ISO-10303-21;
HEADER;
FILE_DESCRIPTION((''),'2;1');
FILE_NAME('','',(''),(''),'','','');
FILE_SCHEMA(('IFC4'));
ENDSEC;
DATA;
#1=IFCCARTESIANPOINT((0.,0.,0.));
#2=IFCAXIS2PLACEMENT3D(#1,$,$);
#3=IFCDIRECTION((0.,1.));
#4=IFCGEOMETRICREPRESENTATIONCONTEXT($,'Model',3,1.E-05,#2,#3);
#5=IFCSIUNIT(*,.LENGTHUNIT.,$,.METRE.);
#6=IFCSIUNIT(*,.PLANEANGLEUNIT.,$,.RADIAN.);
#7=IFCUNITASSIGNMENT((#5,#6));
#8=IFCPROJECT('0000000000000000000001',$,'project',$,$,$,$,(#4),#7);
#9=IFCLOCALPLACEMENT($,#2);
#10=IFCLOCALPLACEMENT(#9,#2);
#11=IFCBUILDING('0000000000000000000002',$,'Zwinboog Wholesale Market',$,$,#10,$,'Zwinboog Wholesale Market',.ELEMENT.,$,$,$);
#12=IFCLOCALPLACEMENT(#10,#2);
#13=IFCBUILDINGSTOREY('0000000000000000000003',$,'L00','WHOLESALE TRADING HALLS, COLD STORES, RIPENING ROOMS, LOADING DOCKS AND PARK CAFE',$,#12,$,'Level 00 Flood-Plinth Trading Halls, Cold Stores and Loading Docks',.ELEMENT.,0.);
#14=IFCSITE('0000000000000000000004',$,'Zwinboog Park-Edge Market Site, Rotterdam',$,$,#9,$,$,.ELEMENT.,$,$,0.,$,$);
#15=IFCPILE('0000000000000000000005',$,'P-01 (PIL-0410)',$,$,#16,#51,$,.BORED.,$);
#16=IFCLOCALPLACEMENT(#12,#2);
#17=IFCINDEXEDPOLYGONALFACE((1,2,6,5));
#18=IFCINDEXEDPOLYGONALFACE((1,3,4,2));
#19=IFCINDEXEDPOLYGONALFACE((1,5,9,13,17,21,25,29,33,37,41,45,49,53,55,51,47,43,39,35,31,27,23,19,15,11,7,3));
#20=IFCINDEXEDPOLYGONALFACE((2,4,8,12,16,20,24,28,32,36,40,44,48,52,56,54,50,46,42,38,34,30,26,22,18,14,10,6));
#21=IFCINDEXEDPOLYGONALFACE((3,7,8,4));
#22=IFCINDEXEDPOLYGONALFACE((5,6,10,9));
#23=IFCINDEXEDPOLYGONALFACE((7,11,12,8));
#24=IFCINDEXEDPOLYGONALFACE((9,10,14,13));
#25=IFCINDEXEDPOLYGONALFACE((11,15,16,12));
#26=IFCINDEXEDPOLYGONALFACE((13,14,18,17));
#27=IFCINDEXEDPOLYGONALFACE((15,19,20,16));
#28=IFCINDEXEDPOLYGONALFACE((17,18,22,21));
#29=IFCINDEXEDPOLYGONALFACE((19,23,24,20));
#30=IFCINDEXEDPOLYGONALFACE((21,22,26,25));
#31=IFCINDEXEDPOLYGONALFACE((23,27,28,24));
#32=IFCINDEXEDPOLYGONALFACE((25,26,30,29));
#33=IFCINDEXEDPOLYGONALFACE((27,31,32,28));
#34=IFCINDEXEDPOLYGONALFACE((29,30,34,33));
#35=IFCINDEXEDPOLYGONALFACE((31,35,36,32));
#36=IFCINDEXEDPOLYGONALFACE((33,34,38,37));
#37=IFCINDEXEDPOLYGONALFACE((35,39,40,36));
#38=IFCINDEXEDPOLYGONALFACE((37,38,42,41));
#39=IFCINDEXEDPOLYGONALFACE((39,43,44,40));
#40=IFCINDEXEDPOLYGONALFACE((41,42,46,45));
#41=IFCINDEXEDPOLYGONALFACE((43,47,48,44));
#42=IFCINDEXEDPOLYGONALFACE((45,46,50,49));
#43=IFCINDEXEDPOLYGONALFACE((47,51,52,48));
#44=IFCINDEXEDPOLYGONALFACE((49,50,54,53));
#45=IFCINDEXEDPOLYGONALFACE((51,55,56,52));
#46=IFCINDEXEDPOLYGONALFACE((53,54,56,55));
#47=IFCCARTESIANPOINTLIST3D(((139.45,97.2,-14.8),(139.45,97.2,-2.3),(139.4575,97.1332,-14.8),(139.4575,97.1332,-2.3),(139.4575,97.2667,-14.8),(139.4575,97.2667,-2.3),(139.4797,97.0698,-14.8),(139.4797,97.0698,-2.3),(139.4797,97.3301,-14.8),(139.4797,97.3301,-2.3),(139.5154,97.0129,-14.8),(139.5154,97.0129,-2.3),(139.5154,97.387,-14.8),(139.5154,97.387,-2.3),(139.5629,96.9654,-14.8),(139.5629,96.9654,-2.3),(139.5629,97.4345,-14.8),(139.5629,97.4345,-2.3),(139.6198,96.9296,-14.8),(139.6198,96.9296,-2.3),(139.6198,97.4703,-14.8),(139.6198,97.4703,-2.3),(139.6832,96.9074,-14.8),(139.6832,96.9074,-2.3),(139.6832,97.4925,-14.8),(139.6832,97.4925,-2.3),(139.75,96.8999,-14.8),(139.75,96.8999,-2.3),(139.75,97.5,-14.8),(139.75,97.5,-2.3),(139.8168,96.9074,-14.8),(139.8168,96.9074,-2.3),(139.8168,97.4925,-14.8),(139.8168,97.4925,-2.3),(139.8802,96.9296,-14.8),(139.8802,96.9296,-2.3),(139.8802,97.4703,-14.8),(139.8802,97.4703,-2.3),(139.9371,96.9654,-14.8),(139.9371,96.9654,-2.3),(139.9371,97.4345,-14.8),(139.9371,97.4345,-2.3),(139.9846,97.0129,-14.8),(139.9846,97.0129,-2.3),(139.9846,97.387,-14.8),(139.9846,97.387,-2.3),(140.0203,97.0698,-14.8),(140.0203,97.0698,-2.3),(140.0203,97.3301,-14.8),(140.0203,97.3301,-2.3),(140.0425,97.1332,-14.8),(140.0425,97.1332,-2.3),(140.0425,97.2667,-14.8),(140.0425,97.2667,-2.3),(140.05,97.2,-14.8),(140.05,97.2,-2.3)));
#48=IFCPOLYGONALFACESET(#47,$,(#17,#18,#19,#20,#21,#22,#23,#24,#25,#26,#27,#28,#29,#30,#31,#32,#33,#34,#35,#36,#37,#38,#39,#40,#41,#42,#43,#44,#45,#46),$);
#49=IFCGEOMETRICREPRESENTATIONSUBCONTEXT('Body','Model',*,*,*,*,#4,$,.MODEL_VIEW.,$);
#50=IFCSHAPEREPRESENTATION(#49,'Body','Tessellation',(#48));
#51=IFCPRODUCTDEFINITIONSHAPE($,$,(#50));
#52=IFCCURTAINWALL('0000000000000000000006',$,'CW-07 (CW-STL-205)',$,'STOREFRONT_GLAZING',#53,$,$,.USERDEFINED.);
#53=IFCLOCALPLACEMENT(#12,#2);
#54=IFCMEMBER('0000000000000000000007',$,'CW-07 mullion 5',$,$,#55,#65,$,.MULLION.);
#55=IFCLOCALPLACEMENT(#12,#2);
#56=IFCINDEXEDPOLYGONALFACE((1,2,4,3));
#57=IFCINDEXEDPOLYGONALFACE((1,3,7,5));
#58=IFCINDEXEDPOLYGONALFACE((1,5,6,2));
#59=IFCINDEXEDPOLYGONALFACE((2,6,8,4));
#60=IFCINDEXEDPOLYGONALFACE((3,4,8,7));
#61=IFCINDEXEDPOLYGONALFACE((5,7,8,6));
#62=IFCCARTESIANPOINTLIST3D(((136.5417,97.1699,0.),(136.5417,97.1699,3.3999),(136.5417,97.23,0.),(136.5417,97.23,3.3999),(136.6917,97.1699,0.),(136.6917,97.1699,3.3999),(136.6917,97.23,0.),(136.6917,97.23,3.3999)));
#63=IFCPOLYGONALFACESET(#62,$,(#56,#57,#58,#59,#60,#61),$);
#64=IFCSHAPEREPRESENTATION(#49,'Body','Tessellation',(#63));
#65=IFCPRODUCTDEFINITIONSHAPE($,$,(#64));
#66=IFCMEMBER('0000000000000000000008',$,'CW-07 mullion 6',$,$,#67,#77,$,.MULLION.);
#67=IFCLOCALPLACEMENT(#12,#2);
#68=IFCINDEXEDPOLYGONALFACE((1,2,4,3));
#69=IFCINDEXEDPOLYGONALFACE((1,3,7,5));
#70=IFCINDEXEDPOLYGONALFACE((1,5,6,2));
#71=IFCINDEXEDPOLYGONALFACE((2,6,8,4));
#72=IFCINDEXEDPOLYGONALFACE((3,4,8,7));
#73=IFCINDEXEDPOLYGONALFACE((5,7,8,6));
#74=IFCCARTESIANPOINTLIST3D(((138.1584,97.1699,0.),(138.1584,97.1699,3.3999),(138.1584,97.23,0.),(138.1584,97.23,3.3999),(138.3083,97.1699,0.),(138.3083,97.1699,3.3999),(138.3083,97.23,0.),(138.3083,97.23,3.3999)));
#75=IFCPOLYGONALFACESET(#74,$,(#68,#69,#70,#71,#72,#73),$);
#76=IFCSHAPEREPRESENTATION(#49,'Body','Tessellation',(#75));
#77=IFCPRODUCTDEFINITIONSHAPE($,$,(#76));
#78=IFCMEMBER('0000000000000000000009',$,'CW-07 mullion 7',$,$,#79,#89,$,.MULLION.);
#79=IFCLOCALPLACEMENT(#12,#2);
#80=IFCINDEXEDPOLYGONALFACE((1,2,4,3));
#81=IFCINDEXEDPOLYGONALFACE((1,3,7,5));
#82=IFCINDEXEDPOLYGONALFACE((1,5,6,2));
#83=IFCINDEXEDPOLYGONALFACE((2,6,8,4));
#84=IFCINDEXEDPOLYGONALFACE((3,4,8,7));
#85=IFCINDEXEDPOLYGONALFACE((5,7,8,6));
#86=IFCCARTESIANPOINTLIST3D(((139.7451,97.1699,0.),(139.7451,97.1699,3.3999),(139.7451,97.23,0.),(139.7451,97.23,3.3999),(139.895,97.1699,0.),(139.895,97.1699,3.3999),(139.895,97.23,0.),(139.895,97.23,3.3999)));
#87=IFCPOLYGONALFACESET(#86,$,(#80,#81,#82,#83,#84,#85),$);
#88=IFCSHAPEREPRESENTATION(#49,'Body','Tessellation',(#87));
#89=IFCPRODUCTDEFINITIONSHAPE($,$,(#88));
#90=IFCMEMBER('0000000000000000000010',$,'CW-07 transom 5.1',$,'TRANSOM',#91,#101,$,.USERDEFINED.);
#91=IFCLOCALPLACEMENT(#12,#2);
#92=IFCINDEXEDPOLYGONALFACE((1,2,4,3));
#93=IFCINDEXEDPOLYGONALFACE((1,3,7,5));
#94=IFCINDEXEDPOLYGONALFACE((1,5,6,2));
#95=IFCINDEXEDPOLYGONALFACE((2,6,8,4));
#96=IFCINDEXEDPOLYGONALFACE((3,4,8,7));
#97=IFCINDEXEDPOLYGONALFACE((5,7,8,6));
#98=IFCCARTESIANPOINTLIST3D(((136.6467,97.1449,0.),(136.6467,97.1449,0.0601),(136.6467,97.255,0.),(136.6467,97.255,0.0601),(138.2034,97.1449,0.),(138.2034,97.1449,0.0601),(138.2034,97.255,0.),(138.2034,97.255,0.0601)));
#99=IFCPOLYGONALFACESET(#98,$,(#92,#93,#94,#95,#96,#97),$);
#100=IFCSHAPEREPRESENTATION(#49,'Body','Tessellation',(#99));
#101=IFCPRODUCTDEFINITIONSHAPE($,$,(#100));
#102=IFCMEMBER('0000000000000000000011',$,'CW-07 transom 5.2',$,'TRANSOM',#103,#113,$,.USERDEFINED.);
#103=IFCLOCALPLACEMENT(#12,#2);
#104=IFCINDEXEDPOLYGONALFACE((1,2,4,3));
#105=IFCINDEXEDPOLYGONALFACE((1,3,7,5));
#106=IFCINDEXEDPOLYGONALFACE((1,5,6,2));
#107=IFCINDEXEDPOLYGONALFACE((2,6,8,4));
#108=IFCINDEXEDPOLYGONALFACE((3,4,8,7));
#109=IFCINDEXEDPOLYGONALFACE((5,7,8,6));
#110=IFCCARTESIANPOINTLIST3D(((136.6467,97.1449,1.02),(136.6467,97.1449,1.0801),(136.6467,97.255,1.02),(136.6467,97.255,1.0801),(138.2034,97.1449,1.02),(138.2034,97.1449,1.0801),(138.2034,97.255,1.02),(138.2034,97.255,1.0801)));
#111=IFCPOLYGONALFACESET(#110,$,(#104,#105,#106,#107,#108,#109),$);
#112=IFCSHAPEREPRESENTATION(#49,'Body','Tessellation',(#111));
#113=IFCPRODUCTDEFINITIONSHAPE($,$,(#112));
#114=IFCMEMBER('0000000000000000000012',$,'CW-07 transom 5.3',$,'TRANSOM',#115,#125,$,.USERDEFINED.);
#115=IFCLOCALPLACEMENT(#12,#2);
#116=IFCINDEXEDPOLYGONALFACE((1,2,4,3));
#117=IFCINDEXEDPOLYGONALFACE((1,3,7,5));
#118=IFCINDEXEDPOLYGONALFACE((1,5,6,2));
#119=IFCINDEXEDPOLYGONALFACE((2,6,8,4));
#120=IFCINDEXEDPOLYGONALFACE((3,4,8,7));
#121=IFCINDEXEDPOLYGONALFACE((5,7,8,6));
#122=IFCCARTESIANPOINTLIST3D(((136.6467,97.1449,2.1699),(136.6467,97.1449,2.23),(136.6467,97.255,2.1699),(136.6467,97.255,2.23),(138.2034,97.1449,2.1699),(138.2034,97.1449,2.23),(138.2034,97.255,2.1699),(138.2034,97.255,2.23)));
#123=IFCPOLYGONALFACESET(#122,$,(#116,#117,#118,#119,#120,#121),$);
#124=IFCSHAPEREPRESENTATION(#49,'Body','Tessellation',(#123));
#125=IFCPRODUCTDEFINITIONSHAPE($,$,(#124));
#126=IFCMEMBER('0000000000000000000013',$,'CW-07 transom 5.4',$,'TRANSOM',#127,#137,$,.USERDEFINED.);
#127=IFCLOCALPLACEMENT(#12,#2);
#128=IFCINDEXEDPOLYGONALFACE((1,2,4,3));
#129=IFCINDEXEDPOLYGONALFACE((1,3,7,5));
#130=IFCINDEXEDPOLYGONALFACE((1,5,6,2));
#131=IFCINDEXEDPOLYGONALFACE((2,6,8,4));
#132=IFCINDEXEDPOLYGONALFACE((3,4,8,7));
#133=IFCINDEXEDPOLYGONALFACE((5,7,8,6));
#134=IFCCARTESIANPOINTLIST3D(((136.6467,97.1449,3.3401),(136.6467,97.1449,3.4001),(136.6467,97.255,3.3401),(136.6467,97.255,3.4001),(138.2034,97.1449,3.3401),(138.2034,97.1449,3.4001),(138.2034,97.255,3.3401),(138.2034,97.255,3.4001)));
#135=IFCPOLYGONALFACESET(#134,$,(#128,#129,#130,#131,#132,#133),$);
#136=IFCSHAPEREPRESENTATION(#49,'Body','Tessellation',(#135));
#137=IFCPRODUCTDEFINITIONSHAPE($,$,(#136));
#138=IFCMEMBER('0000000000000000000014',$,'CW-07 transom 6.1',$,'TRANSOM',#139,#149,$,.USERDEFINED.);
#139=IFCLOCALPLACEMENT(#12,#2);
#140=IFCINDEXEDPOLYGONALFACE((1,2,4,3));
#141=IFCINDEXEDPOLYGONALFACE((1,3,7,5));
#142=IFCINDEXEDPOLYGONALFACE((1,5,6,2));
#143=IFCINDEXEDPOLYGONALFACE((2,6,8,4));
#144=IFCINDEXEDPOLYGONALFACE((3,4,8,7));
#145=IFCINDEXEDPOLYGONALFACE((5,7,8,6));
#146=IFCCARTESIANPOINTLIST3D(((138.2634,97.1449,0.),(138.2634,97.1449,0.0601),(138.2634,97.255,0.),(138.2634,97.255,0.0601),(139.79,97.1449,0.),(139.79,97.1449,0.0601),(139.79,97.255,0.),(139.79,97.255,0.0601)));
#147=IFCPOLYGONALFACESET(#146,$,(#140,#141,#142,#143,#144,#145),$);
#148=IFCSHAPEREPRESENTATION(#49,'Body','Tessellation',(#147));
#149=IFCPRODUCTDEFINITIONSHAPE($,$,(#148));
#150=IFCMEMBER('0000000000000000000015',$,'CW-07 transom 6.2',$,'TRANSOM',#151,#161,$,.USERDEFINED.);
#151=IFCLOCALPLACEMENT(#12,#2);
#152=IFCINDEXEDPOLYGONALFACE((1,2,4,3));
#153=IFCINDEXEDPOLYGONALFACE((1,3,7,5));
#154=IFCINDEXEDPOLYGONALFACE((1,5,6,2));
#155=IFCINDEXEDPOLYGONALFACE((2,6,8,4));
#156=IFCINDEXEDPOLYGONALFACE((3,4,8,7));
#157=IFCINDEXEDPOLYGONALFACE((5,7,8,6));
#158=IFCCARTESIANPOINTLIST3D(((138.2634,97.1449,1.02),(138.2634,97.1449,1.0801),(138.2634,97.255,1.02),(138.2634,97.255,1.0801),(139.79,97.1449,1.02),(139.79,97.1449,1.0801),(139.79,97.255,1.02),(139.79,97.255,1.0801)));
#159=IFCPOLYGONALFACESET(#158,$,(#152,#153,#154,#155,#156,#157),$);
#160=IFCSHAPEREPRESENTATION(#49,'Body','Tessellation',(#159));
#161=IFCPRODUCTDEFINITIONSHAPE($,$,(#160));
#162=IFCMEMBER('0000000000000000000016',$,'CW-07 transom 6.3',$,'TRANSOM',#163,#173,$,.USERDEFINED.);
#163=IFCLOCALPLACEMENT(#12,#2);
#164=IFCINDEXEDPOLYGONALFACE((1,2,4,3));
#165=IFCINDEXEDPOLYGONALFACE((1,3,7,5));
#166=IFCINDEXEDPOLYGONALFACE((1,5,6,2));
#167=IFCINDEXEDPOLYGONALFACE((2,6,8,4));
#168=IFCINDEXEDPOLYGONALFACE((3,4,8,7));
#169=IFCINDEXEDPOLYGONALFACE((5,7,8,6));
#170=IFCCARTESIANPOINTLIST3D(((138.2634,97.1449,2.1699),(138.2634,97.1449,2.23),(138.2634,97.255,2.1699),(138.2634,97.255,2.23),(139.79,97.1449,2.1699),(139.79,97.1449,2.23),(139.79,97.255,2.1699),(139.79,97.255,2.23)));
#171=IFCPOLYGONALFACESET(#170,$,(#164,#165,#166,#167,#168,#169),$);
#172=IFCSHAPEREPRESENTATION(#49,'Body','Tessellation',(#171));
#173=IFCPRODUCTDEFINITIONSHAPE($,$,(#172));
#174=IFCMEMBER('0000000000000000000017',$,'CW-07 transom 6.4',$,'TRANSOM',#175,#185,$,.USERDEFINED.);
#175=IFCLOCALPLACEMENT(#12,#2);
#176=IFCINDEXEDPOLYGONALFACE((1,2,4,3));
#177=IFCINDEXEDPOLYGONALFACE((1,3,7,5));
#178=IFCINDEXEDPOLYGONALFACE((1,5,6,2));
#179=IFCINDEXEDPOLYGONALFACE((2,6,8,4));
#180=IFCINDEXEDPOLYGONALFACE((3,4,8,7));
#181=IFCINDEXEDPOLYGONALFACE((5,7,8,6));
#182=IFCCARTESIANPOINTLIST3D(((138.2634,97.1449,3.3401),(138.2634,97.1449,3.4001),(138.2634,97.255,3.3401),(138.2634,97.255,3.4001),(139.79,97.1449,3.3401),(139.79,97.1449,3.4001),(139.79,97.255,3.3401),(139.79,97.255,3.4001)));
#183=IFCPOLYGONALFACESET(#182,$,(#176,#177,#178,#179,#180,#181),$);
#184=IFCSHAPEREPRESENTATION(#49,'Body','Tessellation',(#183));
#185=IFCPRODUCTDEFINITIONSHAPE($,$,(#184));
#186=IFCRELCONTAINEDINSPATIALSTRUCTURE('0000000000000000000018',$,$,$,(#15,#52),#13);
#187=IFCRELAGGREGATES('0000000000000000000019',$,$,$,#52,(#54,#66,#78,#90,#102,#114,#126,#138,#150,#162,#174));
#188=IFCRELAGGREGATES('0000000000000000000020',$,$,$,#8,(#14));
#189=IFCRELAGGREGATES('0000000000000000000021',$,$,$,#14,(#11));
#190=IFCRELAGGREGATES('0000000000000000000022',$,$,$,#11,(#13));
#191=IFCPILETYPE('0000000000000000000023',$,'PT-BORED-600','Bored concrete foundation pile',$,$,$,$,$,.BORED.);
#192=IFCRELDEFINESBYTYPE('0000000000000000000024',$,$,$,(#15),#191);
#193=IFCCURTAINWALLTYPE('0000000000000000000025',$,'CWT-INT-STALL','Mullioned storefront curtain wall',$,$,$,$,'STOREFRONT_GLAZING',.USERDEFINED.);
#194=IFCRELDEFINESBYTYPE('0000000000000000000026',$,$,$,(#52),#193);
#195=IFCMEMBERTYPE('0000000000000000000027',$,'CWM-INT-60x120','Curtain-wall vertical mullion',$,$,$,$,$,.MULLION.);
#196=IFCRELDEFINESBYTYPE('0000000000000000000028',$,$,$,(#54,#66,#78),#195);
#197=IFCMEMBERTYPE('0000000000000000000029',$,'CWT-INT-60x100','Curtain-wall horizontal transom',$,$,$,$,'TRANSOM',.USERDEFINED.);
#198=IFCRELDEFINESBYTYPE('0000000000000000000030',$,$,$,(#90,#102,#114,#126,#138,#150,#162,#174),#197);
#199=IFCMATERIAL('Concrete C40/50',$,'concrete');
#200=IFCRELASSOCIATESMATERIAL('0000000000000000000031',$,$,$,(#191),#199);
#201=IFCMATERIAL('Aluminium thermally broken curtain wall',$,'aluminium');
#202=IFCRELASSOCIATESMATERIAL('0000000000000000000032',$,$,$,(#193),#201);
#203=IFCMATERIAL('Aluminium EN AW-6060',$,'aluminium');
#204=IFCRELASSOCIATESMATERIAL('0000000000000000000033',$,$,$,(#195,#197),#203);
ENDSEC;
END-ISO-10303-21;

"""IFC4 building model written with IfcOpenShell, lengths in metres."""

from ifc_helpers import new_model, si_unit, direction, frame, origin, origin_2d, place, context, subcontext, project, spatial, rectangle, circle, extrude, material, material_profile, profile_set, type_object, element, aggregate, save


model = new_model("IFC4")

# Units and contexts
model_context = context("Model", 3, precision=1e-05, world=origin(), true_north=direction((0.0, 1.0)))
body_context = subcontext(model_context, "Body", "Model", "MODEL_VIEW")
ifc_project = project(units=[si_unit("LENGTHUNIT", "METRE"), si_unit("PLANEANGLEUNIT", "RADIAN")], contexts=[model_context])

# Site, building, storey
site_placement = place(None, origin())
site = spatial("IfcSite", under=ifc_project, at=site_placement, Name="Zwinboog Park-Edge Market Site, Rotterdam", CompositionType="ELEMENT", RefElevation=0.0)
building_placement = place(site_placement, origin())
building = spatial("IfcBuilding", under=site, at=building_placement, Name="Zwinboog Wholesale Market", LongName="Zwinboog Wholesale Market", CompositionType="ELEMENT")
storey_placement = place(building_placement, origin())
storey = spatial("IfcBuildingStorey", under=building, at=storey_placement, Name="L00", Description="WHOLESALE TRADING HALLS, COLD STORES, RIPENING ROOMS, LOADING DOCKS AND PARK CAFE", LongName="Level 00 Flood-Plinth Trading Halls, Cold Stores and Loading Docks", CompositionType="ELEMENT", Elevation=0.0)

# Pile
ifc_material_1 = material(Name="Concrete C40/50", Category="concrete")
ifc_material_profile_1 = material_profile(ifc_material_1, circle(Radius=0.3, at=origin_2d()), Name="PILE D600")
ifc_profile_set_1 = profile_set([ifc_material_profile_1], Name="Concrete C40/50")
pile_type = type_object("IfcPileType", Name="PT-BORED-600", Description="Bored concrete foundation pile", PredefinedType="BORED", material=ifc_profile_set_1)
pile_placement = place(storey_placement, frame((139.75, 97.2, -2.3), z_axis=(0.0, 0.0, -1.0), x_axis=(1.0, 0.0, 0.0)))
element("IfcPile", 1, at=pile_placement, inside=storey, type_object=pile_type, Name="P-01 (PIL-0410)", PredefinedType="BORED", context=body_context, shape_type="SweptSolid", body=[
    extrude(circle(Radius=0.3, at=origin_2d()), origin(), (0.0, 0.0, 1.0), 12.5),
])

# Curtain wall, members
ifc_material_2 = material(Name="Aluminium thermally broken curtain wall", Category="aluminium")
curtain_wall_type = type_object("IfcCurtainWallType", Name="CWT-INT-STALL", Description="Mullioned storefront curtain wall", ElementType="STOREFRONT_GLAZING", PredefinedType="USERDEFINED", material=ifc_material_2)
curtain_wall_placement = place(storey_placement, origin())
curtain_wall = element("IfcCurtainWall", 2, at=curtain_wall_placement, inside=storey, type_object=curtain_wall_type, Name="CW-07 (CW-STL-205)", ObjectType="STOREFRONT_GLAZING", PredefinedType="USERDEFINED")
ifc_material_3 = material(Name="Aluminium EN AW-6060", Category="aluminium")
ifc_material_profile_2 = material_profile(ifc_material_3, rectangle(XDim=0.0601, YDim=0.1499, at=origin_2d()), Name="AL 60x150")
ifc_profile_set_2 = profile_set([ifc_material_profile_2], Name="Aluminium EN AW-6060")
member_type_1 = type_object("IfcMemberType", Name="CWM-INT-60x120", Description="Curtain-wall vertical mullion", PredefinedType="MULLION", material=ifc_profile_set_2)
member_1_placement = place(storey_placement, frame((136.6167, 97.2, 0.0), z_axis=(0.0, 0.0, 1.0), x_axis=(0.0, 1.0, 0.0)))
member_1 = element("IfcMember", 3, at=member_1_placement, type_object=member_type_1, Name="CW-07 mullion 5", PredefinedType="MULLION", context=body_context, shape_type="SweptSolid", body=[
    extrude(rectangle(XDim=0.0601, YDim=0.1499, at=origin_2d()), origin(), (0.0, 0.0, 1.0), 3.3999),
])
member_2_placement = place(storey_placement, frame((138.2334, 97.2, 0.0), z_axis=(0.0, 0.0, 1.0), x_axis=(0.0, 1.0, 0.0)))
member_2 = element("IfcMember", 4, at=member_2_placement, type_object=member_type_1, Name="CW-07 mullion 6", PredefinedType="MULLION", context=body_context, shape_type="SweptSolid", body=[
    extrude(rectangle(XDim=0.0601, YDim=0.1499, at=origin_2d()), origin(), (0.0, 0.0, 1.0), 3.3999),
])
member_3_placement = place(storey_placement, frame((139.8201, 97.2, 0.0), z_axis=(0.0, 0.0, 1.0), x_axis=(0.0, 1.0, 0.0)))
member_3 = element("IfcMember", 5, at=member_3_placement, type_object=member_type_1, Name="CW-07 mullion 7", PredefinedType="MULLION", context=body_context, shape_type="SweptSolid", body=[
    extrude(rectangle(XDim=0.0601, YDim=0.1499, at=origin_2d()), origin(), (0.0, 0.0, 1.0), 3.3999),
])
ifc_material_profile_3 = material_profile(ifc_material_3, rectangle(XDim=0.1101, YDim=0.0601, at=origin_2d()), Name="AL 60x110")
ifc_profile_set_3 = profile_set([ifc_material_profile_3], Name="Aluminium EN AW-6060")
member_type_2 = type_object("IfcMemberType", Name="CWT-INT-60x100", Description="Curtain-wall horizontal transom", ElementType="TRANSOM", PredefinedType="USERDEFINED", material=ifc_profile_set_3)
member_4_placement = place(storey_placement, frame((136.6467, 97.2, 0.03), z_axis=(1.0, 0.0, 0.0), x_axis=(0.0, 1.0, 0.0)))
member_4 = element("IfcMember", 6, at=member_4_placement, type_object=member_type_2, Name="CW-07 transom 5.1", ObjectType="TRANSOM", PredefinedType="USERDEFINED", context=body_context, shape_type="SweptSolid", body=[
    extrude(rectangle(XDim=0.1101, YDim=0.0601, at=origin_2d()), origin(), (0.0, 0.0, 1.0), 1.5566),
])
member_5_placement = place(storey_placement, frame((136.6467, 97.2, 1.05), z_axis=(1.0, 0.0, 0.0), x_axis=(0.0, 1.0, 0.0)))
member_5 = element("IfcMember", 7, at=member_5_placement, type_object=member_type_2, Name="CW-07 transom 5.2", ObjectType="TRANSOM", PredefinedType="USERDEFINED", context=body_context, shape_type="SweptSolid", body=[
    extrude(rectangle(XDim=0.1101, YDim=0.0601, at=origin_2d()), origin(), (0.0, 0.0, 1.0), 1.5566),
])
member_6_placement = place(storey_placement, frame((136.6467, 97.2, 2.2), z_axis=(1.0, 0.0, 0.0), x_axis=(0.0, 1.0, 0.0)))
member_6 = element("IfcMember", 8, at=member_6_placement, type_object=member_type_2, Name="CW-07 transom 5.3", ObjectType="TRANSOM", PredefinedType="USERDEFINED", context=body_context, shape_type="SweptSolid", body=[
    extrude(rectangle(XDim=0.1101, YDim=0.0601, at=origin_2d()), origin(), (0.0, 0.0, 1.0), 1.5566),
])
member_7_placement = place(storey_placement, frame((136.6467, 97.2, 3.3701), z_axis=(1.0, 0.0, 0.0), x_axis=(0.0, 1.0, 0.0)))
member_7 = element("IfcMember", 9, at=member_7_placement, type_object=member_type_2, Name="CW-07 transom 5.4", ObjectType="TRANSOM", PredefinedType="USERDEFINED", context=body_context, shape_type="SweptSolid", body=[
    extrude(rectangle(XDim=0.1101, YDim=0.0601, at=origin_2d()), origin(), (0.0, 0.0, 1.0), 1.5566),
])
member_8_placement = place(storey_placement, frame((138.2634, 97.2, 0.03), z_axis=(1.0, 0.0, 0.0), x_axis=(0.0, 1.0, 0.0)))
member_8 = element("IfcMember", 10, at=member_8_placement, type_object=member_type_2, Name="CW-07 transom 6.1", ObjectType="TRANSOM", PredefinedType="USERDEFINED", context=body_context, shape_type="SweptSolid", body=[
    extrude(rectangle(XDim=0.1101, YDim=0.0601, at=origin_2d()), origin(), (0.0, 0.0, 1.0), 1.5266),
])
member_9_placement = place(storey_placement, frame((138.2634, 97.2, 1.05), z_axis=(1.0, 0.0, 0.0), x_axis=(0.0, 1.0, 0.0)))
member_9 = element("IfcMember", 11, at=member_9_placement, type_object=member_type_2, Name="CW-07 transom 6.2", ObjectType="TRANSOM", PredefinedType="USERDEFINED", context=body_context, shape_type="SweptSolid", body=[
    extrude(rectangle(XDim=0.1101, YDim=0.0601, at=origin_2d()), origin(), (0.0, 0.0, 1.0), 1.5266),
])
member_10_placement = place(storey_placement, frame((138.2634, 97.2, 2.2), z_axis=(1.0, 0.0, 0.0), x_axis=(0.0, 1.0, 0.0)))
member_10 = element("IfcMember", 12, at=member_10_placement, type_object=member_type_2, Name="CW-07 transom 6.3", ObjectType="TRANSOM", PredefinedType="USERDEFINED", context=body_context, shape_type="SweptSolid", body=[
    extrude(rectangle(XDim=0.1101, YDim=0.0601, at=origin_2d()), origin(), (0.0, 0.0, 1.0), 1.5266),
])
member_11_placement = place(storey_placement, frame((138.2634, 97.2, 3.3701), z_axis=(1.0, 0.0, 0.0), x_axis=(0.0, 1.0, 0.0)))
member_11 = element("IfcMember", 13, at=member_11_placement, type_object=member_type_2, Name="CW-07 transom 6.4", ObjectType="TRANSOM", PredefinedType="USERDEFINED", context=body_context, shape_type="SweptSolid", body=[
    extrude(rectangle(XDim=0.1101, YDim=0.0601, at=origin_2d()), origin(), (0.0, 0.0, 1.0), 1.5266),
])
aggregate(curtain_wall, [member_1, member_2, member_3, member_4, member_5, member_6, member_7, member_8, member_9, member_10, member_11])

save(model, "model.ifc")
